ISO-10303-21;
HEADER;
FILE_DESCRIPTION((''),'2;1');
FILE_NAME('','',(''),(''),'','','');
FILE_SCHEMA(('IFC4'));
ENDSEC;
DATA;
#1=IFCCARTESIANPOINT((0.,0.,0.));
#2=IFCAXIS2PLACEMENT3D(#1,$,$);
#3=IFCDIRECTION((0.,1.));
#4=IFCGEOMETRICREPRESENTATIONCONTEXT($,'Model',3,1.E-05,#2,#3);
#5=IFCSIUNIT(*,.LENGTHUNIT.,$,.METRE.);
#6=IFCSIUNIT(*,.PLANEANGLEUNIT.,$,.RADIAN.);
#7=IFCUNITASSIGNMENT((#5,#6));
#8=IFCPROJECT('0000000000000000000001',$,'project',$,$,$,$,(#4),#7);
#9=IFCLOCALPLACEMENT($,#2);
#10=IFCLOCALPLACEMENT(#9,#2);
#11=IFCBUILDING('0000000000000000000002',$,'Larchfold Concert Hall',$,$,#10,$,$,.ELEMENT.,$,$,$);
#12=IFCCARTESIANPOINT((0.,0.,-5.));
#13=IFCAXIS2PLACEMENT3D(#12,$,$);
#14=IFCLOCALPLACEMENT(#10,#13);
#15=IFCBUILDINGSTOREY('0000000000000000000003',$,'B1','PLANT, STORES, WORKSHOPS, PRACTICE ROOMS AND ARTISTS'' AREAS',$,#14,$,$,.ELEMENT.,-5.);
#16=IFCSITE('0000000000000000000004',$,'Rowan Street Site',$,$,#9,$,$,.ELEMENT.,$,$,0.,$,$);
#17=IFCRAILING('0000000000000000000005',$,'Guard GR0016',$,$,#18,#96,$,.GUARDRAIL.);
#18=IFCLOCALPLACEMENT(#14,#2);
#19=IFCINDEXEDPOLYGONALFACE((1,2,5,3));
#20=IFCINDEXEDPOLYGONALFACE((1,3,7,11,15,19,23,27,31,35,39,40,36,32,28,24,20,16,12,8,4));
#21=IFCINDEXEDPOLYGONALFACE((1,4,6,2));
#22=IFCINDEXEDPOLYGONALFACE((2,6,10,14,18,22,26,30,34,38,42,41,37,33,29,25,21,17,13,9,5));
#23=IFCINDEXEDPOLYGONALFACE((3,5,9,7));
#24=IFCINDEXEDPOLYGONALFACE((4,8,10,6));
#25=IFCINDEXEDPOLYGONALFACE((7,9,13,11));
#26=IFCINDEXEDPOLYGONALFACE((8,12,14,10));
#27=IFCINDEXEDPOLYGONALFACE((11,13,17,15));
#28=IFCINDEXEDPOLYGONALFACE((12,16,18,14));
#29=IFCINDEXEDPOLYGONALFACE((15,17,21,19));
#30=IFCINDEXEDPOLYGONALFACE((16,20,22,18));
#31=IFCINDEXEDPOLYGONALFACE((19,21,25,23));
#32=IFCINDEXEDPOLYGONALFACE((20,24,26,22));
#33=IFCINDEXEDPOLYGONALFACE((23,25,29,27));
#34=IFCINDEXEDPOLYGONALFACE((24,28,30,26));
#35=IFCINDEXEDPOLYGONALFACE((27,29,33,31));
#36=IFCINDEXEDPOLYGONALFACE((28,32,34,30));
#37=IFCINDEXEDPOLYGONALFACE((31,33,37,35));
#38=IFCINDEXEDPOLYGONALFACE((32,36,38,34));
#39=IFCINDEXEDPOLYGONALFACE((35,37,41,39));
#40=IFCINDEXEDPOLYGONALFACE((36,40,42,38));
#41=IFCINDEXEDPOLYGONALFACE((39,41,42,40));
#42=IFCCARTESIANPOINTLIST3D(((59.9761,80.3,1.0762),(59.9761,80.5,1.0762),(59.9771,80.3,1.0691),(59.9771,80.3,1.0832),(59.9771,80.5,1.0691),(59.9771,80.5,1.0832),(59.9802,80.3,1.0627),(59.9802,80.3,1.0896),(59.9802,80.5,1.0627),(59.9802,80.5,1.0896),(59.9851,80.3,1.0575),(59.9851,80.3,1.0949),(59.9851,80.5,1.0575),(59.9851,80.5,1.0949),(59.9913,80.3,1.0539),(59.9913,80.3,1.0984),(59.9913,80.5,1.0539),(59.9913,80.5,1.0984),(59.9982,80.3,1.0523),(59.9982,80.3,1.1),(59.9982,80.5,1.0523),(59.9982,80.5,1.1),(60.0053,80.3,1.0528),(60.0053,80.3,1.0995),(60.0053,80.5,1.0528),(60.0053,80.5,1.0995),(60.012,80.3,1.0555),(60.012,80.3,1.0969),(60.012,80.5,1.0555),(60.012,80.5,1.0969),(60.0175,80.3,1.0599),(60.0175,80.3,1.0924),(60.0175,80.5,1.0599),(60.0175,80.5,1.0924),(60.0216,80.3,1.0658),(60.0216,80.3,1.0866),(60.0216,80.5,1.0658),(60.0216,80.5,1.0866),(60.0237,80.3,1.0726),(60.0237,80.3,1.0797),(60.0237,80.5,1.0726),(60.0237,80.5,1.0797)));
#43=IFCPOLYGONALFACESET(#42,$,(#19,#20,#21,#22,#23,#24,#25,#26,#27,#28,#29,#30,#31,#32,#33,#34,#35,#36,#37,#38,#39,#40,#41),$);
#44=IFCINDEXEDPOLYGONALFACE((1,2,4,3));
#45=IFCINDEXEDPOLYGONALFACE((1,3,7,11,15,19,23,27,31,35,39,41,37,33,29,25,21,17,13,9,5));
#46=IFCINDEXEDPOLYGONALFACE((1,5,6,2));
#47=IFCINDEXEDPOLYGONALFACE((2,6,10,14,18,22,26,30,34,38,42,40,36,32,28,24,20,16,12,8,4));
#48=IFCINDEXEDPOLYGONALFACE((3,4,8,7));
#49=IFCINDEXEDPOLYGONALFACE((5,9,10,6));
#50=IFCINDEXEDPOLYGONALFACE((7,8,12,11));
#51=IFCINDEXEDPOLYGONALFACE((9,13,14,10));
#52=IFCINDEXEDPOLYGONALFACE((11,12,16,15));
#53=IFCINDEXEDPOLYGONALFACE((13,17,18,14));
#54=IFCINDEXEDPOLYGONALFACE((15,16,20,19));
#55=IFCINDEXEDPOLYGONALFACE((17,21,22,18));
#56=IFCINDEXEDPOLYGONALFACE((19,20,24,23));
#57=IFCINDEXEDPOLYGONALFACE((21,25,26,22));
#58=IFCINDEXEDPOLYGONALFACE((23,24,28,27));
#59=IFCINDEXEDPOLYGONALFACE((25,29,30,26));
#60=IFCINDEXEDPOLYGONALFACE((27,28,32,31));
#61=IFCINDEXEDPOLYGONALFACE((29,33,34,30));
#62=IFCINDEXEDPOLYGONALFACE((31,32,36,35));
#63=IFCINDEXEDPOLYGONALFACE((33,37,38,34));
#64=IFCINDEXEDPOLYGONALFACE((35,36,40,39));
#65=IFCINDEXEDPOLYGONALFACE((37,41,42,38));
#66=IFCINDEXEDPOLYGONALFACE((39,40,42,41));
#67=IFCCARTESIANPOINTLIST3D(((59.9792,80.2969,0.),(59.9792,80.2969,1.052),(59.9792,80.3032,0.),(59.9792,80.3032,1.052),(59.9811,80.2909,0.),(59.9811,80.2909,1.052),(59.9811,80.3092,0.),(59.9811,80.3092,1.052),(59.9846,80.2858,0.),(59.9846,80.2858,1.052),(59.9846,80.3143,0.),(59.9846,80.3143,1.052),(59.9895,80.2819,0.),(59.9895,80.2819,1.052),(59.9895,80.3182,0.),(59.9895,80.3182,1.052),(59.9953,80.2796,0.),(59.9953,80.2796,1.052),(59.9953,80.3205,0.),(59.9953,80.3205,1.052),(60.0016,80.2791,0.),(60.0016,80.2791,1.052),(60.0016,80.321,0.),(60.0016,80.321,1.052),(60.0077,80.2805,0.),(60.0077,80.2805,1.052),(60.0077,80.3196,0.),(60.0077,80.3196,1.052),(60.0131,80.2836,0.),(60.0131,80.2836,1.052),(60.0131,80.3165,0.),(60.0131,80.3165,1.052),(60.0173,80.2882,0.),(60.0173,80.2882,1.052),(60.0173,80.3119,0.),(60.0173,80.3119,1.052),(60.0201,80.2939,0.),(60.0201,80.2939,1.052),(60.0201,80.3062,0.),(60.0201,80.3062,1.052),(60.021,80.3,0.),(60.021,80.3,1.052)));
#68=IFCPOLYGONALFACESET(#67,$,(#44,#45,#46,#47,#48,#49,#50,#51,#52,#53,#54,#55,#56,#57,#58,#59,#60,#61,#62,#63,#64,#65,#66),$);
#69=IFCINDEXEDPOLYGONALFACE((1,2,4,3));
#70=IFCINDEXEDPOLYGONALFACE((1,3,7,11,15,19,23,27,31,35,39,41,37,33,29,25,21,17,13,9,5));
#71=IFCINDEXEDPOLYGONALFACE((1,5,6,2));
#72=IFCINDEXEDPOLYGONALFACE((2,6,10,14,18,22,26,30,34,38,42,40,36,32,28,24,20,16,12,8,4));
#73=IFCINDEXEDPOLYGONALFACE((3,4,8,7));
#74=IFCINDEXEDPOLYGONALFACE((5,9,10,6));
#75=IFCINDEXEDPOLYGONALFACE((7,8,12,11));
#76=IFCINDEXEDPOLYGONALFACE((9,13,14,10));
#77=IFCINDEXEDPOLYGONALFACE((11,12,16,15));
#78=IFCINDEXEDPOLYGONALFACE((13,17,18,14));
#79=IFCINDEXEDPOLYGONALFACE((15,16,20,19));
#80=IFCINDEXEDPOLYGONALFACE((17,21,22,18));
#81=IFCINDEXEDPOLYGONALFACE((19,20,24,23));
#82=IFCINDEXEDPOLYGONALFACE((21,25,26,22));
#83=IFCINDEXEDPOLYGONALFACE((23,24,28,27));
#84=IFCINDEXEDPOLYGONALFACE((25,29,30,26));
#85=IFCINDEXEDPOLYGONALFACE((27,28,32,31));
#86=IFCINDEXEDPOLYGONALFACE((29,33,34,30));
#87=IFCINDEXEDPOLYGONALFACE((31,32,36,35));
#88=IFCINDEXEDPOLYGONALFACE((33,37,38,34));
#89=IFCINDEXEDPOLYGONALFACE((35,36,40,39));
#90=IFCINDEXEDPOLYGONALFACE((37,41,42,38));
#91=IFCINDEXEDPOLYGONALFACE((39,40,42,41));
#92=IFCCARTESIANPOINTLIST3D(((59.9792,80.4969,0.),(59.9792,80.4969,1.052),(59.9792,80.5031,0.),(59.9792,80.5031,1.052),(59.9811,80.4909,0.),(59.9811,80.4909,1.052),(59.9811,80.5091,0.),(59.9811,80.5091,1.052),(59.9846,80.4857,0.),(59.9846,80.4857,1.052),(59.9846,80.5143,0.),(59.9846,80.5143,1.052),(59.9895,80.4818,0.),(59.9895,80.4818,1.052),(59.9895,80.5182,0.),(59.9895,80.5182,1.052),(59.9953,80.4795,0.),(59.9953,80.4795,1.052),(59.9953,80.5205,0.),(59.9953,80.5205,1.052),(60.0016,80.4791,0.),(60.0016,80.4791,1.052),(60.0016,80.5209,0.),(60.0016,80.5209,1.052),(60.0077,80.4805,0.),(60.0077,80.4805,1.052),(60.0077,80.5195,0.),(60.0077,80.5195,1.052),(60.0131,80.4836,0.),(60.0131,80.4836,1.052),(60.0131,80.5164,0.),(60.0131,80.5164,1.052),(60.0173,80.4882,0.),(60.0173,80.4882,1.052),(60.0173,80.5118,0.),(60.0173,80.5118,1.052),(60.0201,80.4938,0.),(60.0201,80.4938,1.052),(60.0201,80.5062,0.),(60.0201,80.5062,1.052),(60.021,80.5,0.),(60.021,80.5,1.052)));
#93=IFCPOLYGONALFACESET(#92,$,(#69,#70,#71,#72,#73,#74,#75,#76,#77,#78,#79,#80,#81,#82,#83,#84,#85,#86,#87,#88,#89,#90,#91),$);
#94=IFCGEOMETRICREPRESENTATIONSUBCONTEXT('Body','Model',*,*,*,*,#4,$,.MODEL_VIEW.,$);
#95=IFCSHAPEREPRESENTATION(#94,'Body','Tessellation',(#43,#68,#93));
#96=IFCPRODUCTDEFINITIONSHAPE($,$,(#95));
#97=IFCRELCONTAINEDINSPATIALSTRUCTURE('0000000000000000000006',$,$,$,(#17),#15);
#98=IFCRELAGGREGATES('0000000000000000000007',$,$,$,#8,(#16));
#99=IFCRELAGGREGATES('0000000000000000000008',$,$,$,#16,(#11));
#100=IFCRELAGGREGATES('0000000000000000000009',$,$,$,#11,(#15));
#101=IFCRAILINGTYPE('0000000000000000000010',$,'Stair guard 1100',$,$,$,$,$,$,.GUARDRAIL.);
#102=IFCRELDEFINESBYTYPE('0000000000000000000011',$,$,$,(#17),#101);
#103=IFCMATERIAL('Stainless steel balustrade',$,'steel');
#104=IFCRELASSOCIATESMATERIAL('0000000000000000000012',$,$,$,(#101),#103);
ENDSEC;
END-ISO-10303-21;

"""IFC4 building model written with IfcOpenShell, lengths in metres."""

from ifc_helpers import new_model, si_unit, direction, frame, origin, origin_2d, place, context, subcontext, project, spatial, circle, extrude, material, type_object, element, save


model = new_model("IFC4")

# Units and contexts
model_context = context("Model", 3, precision=1e-05, world=origin(), true_north=direction((0.0, 1.0)))
body_context = subcontext(model_context, "Body", "Model", "MODEL_VIEW")
ifc_project = project(units=[si_unit("LENGTHUNIT", "METRE"), si_unit("PLANEANGLEUNIT", "RADIAN")], contexts=[model_context])

# Site, building, storey
site_placement = place(None, origin())
site = spatial("IfcSite", under=ifc_project, at=site_placement, Name="Rowan Street Site", CompositionType="ELEMENT", RefElevation=0.0)
building_placement = place(site_placement, origin())
building = spatial("IfcBuilding", under=site, at=building_placement, Name="Larchfold Concert Hall", CompositionType="ELEMENT")
storey_placement = place(building_placement, frame((0.0, 0.0, -5.0)))
storey = spatial("IfcBuildingStorey", under=building, at=storey_placement, Name="B1", Description="PLANT, STORES, WORKSHOPS, PRACTICE ROOMS AND ARTISTS' AREAS", CompositionType="ELEMENT", Elevation=-5.0)

# Railing
ifc_material_1 = material(Name="Stainless steel balustrade", Category="steel")
railing_type_1 = type_object("IfcRailingType", Name="Stair guard 1100", PredefinedType="GUARDRAIL", material=ifc_material_1)
railing_1_placement = place(storey_placement, frame((60.0, 80.3, 0.0)))
element("IfcRailing", 1, at=railing_1_placement, inside=storey, type_object=railing_type_1, Name="Guard GR0016", PredefinedType="GUARDRAIL", context=body_context, shape_type="SweptSolid", body=[
    extrude(circle(Radius=0.0239, at=origin_2d()), frame((0.0, 0.0, 1.0762), z_axis=(0.0, 1.0, 0.0), x_axis=(-1.0, 0.0, 0.0)), (0.0, 0.0, 1.0), 0.2),
    extrude(circle(Radius=0.021, at=origin_2d()), origin(), (0.0, 0.0, 1.0), 1.052),
    extrude(circle(Radius=0.021, at=origin_2d()), frame((0.0, 0.2, 0.0)), (0.0, 0.0, 1.0), 1.052),
])

save(model, "model.ifc")
